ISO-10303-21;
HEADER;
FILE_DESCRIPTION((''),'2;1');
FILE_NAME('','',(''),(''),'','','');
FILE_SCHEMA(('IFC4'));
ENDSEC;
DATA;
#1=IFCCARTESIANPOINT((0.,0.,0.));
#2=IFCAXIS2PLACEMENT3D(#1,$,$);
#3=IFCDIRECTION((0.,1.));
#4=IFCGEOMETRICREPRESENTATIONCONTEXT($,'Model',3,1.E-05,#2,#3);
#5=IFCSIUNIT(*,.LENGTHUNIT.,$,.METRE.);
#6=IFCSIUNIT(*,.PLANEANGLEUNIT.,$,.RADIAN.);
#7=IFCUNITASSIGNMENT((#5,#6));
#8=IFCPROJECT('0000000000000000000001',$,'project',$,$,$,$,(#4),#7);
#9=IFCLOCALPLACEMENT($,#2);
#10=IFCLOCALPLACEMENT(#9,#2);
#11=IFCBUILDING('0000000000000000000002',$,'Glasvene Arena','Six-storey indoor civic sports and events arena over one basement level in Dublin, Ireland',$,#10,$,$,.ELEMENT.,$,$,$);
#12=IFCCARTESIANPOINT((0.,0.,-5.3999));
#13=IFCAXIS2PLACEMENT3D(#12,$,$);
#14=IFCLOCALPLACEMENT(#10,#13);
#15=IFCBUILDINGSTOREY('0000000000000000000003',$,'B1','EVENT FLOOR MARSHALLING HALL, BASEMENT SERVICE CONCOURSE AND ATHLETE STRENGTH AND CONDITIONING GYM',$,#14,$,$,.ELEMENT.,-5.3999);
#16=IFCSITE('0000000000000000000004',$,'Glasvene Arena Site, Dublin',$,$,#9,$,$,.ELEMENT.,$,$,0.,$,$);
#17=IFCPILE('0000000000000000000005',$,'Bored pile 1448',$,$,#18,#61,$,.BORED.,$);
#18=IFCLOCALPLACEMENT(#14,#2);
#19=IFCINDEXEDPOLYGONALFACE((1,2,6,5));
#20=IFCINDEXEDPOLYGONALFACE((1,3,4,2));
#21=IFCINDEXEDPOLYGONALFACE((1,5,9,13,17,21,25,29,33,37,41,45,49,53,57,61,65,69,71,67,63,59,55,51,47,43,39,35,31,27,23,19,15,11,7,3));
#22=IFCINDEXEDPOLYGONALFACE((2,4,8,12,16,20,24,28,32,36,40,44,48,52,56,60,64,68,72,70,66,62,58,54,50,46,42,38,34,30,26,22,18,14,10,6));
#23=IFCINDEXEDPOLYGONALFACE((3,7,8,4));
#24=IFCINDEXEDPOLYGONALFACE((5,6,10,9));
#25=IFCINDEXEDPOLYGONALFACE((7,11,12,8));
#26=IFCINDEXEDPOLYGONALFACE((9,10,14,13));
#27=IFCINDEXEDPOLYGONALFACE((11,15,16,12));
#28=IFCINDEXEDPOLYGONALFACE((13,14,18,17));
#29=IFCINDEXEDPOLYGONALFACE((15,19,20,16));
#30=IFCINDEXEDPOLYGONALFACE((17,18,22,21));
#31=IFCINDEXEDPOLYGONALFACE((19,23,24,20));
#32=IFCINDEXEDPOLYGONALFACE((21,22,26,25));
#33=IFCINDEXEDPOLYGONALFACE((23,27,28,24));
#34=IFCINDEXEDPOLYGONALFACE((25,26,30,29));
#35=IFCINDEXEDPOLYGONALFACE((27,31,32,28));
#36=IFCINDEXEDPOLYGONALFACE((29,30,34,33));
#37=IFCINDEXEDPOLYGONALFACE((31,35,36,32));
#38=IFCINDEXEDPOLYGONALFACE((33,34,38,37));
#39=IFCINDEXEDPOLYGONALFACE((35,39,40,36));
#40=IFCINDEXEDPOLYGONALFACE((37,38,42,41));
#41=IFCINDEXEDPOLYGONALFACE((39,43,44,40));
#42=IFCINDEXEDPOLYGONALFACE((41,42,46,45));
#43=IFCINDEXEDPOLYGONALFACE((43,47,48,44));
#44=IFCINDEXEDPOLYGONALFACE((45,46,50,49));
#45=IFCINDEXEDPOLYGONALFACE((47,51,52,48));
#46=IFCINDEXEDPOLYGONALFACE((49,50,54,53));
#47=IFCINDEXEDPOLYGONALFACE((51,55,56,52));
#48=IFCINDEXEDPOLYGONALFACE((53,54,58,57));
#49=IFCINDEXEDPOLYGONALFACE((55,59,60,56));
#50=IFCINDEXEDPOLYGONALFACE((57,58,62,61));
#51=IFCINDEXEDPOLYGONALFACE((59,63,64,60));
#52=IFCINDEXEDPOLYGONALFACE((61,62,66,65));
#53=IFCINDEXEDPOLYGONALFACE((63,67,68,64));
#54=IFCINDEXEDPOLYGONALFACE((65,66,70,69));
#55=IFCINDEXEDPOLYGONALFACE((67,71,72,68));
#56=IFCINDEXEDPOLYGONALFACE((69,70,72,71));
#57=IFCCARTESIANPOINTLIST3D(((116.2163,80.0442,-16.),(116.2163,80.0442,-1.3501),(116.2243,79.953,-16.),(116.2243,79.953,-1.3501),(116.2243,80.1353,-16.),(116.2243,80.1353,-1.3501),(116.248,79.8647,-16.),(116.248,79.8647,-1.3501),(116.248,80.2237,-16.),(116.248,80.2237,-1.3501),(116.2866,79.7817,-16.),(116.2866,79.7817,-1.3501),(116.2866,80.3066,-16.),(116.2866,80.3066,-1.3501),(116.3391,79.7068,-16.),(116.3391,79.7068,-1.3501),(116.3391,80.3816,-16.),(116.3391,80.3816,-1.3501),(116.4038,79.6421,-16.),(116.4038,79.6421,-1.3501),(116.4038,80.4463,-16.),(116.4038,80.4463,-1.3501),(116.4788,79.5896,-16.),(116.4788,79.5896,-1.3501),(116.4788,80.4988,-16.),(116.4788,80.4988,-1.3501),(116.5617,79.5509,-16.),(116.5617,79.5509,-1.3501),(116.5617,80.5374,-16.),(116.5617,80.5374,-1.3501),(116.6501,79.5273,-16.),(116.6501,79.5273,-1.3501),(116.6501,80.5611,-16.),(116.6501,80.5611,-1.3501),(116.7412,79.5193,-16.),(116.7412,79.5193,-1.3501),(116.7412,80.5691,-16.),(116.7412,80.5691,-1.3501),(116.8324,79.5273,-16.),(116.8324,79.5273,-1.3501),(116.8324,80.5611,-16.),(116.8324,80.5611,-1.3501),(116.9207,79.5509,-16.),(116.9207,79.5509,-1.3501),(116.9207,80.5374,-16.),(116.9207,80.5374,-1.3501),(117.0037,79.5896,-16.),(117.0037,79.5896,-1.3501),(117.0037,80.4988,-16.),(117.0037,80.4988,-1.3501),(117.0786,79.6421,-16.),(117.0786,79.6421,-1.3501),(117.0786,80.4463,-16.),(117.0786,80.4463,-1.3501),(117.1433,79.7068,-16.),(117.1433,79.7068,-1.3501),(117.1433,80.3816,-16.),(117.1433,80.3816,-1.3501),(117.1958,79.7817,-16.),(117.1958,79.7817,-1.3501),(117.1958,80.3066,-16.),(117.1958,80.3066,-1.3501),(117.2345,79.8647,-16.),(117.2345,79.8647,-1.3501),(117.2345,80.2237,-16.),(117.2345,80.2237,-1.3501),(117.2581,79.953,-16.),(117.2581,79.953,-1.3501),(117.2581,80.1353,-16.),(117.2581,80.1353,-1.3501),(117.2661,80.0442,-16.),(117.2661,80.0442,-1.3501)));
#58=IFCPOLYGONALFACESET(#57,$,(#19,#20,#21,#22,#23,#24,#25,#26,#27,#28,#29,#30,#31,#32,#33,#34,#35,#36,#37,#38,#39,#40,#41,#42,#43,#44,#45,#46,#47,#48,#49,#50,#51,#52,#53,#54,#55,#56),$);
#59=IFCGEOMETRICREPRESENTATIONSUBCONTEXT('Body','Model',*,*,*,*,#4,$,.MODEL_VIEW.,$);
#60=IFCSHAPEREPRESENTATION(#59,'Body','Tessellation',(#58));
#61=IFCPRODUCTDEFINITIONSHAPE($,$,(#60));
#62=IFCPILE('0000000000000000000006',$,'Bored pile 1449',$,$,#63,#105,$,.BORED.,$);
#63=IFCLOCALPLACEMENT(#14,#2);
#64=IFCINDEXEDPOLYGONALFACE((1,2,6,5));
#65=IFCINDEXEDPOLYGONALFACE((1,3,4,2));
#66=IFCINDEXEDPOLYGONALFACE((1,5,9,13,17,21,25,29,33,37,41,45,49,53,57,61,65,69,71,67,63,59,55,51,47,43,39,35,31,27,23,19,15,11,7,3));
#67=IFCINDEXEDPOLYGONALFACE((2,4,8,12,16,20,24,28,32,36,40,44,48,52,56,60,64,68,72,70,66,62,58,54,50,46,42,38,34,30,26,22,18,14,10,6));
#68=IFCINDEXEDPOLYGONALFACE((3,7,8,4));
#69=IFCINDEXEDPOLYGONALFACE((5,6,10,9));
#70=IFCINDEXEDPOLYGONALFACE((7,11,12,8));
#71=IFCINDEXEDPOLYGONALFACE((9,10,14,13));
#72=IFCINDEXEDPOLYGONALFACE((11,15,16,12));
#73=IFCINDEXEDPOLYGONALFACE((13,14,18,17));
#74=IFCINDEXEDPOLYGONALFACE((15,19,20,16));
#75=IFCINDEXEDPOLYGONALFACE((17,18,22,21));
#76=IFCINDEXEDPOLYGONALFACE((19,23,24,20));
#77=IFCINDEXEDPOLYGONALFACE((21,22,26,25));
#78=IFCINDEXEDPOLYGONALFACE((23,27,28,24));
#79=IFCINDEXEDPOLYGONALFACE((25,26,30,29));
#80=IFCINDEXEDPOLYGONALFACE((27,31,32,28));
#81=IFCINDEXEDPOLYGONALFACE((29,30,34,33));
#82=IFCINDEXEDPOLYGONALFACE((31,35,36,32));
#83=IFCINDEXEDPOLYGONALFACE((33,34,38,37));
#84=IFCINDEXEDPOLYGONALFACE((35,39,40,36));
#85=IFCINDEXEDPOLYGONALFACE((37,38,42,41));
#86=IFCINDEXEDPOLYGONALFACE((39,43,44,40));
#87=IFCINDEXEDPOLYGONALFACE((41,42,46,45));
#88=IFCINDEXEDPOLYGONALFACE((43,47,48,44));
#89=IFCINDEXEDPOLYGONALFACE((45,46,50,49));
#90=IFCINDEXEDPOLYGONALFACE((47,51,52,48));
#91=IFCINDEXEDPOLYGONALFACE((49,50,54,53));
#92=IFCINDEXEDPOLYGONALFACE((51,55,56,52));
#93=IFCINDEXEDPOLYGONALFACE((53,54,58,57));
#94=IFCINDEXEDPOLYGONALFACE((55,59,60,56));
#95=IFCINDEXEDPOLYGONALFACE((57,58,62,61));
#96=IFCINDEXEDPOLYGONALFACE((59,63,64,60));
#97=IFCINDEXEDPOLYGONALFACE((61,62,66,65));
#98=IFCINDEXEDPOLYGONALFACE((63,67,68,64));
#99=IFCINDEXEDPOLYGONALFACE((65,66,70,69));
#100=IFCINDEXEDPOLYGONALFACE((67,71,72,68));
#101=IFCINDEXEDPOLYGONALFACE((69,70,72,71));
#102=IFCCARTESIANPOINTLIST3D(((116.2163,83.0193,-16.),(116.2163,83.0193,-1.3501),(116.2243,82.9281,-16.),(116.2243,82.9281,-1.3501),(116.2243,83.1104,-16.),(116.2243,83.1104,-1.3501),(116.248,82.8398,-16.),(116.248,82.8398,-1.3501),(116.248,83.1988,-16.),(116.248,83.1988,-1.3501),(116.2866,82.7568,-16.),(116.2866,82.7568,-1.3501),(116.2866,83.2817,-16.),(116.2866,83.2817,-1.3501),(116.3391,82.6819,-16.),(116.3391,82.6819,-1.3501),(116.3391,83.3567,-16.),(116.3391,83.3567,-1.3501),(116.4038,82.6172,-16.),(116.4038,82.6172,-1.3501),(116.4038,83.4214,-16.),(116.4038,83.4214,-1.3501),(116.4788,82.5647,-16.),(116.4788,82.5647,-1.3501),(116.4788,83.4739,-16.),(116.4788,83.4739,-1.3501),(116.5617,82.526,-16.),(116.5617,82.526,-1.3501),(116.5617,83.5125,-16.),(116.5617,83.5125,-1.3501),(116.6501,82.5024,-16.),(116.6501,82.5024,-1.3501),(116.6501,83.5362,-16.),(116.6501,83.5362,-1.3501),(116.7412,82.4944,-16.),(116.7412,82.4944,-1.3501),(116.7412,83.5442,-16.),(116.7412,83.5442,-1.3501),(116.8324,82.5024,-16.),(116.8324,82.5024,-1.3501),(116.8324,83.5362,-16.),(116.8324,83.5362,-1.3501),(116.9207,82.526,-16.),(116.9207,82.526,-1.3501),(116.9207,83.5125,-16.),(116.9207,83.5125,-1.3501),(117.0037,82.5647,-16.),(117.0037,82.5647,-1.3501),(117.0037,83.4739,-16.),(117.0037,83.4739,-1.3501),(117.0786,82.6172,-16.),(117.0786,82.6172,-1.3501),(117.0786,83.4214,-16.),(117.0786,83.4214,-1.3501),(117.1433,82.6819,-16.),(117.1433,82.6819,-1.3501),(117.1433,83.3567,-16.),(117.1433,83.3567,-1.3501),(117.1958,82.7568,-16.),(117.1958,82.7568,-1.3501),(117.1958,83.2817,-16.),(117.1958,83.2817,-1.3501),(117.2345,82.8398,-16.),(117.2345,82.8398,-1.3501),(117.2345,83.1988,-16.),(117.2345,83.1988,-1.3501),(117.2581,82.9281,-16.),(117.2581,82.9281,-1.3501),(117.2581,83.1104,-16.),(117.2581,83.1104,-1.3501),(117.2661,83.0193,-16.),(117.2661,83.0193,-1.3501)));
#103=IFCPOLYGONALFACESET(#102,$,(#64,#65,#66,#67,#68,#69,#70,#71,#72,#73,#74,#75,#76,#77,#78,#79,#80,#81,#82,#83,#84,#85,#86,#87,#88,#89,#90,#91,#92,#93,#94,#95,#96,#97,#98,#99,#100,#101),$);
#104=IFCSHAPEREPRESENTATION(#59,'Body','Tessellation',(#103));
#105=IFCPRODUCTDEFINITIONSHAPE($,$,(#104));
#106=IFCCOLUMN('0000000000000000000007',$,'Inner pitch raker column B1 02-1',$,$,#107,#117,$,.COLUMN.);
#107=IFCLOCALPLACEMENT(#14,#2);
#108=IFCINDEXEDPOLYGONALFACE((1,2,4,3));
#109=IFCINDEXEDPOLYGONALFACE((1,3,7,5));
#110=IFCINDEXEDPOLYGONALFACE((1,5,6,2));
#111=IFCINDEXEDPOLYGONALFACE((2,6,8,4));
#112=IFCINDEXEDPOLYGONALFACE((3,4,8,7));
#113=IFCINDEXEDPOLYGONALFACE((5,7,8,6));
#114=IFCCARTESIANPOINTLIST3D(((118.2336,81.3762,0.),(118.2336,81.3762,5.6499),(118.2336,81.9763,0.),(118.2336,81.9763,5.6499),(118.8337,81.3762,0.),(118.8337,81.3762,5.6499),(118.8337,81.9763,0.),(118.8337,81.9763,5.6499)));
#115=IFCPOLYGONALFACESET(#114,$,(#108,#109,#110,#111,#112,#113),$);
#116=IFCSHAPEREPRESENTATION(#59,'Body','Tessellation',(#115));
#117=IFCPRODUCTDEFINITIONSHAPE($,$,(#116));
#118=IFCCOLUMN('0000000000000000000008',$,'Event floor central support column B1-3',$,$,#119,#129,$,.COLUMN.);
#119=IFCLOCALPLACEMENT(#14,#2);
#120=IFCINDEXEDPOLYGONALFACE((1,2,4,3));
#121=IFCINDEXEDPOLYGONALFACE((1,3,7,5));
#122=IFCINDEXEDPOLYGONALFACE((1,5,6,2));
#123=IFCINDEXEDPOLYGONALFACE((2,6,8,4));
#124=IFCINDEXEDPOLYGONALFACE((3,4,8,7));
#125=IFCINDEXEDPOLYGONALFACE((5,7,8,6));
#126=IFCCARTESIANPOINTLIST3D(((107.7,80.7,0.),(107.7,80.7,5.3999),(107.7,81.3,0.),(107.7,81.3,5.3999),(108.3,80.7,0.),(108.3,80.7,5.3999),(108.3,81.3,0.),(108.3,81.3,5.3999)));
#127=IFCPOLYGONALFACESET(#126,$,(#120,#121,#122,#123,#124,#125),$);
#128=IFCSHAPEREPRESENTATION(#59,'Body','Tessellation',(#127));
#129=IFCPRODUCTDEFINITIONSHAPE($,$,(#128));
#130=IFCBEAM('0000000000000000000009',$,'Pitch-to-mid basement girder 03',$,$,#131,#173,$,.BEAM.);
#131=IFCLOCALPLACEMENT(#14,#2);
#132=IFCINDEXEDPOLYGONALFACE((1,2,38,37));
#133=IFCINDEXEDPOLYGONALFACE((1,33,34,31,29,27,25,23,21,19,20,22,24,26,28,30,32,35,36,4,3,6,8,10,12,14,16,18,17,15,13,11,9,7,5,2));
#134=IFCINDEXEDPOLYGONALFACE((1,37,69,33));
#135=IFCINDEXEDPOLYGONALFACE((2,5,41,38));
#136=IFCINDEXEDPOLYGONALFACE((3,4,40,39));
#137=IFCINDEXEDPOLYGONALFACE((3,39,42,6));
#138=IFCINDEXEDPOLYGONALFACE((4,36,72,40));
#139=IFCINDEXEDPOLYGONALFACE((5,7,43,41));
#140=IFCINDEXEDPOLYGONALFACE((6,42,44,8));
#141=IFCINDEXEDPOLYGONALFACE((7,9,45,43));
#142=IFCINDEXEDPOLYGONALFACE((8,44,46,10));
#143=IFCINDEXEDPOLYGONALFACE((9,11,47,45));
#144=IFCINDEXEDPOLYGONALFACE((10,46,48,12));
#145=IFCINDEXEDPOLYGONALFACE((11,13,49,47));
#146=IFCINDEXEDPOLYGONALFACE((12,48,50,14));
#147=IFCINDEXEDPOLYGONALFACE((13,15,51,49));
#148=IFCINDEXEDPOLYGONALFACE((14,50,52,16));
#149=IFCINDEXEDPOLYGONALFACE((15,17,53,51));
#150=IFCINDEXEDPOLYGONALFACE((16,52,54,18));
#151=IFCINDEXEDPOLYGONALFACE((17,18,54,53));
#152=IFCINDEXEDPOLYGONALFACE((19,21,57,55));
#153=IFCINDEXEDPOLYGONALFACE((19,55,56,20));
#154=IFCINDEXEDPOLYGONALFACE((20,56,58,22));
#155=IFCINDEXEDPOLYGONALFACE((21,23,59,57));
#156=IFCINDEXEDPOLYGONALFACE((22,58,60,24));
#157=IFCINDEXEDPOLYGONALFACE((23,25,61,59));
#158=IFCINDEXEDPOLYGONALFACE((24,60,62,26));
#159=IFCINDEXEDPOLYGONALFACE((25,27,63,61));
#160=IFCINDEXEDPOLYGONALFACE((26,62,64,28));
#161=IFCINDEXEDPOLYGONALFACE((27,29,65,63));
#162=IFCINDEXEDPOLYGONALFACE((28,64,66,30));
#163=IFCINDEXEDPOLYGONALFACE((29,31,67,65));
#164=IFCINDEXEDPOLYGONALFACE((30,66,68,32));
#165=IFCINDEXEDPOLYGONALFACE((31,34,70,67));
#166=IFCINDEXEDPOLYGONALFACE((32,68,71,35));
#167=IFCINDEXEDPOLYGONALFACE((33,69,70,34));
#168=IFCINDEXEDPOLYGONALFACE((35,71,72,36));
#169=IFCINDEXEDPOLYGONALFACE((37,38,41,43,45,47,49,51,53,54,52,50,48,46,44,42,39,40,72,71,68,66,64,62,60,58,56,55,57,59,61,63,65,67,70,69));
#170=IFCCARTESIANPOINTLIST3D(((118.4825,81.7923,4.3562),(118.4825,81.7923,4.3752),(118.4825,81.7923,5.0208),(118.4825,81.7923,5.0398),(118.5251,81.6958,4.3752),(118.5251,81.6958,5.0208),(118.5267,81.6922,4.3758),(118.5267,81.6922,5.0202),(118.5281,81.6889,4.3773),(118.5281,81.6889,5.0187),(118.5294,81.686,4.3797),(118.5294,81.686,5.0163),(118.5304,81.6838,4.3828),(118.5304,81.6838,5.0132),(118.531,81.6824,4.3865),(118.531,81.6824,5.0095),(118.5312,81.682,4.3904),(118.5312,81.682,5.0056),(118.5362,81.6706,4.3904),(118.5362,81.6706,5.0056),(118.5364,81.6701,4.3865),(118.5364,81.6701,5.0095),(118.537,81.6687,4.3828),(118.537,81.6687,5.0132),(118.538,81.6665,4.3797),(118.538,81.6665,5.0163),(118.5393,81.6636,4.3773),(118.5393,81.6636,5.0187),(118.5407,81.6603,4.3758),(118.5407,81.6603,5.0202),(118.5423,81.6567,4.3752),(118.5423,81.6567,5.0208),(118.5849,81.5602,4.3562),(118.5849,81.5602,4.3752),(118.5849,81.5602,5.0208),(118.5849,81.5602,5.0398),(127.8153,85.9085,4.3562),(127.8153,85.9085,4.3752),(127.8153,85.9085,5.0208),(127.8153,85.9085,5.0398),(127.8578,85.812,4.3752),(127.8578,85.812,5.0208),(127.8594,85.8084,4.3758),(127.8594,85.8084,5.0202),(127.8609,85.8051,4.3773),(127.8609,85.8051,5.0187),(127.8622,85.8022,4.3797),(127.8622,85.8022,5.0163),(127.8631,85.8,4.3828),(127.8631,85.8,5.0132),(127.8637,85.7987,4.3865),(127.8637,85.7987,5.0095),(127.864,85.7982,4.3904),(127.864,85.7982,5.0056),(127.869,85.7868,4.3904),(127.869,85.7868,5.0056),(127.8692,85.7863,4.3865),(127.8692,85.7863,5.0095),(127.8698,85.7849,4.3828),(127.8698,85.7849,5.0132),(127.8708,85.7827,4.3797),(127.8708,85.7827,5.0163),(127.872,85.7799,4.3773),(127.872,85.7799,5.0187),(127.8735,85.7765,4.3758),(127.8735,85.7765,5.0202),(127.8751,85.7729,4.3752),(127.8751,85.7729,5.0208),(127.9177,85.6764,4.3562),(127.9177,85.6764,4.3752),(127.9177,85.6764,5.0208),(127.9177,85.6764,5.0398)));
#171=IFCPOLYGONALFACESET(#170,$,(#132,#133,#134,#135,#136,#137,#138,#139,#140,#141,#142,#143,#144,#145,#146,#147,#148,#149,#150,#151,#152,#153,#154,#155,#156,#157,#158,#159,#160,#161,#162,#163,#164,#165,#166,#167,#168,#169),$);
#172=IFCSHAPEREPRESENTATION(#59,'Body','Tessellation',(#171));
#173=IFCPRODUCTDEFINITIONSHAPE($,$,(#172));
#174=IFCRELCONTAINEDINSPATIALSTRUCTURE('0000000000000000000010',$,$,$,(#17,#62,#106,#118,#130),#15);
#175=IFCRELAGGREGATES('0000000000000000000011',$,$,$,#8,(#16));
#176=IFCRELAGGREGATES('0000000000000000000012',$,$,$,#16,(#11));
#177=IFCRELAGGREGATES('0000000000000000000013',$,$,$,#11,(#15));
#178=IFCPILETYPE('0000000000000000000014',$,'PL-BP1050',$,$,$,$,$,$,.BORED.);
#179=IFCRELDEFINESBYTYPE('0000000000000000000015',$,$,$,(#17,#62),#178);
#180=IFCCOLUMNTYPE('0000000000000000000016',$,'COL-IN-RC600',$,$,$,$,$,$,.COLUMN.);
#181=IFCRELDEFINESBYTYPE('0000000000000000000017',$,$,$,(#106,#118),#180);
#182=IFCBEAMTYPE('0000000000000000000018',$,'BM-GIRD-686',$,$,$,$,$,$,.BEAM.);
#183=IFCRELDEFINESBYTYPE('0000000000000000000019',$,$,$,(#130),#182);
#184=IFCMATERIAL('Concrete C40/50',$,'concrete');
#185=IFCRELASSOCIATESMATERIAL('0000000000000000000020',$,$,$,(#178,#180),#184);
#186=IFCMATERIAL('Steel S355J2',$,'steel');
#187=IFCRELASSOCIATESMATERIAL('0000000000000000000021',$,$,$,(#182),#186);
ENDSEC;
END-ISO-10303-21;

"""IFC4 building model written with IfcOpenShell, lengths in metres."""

from ifc_helpers import new_model, si_unit, direction, frame, origin, origin_2d, place, context, subcontext, project, spatial, rectangle, circle, i_section, extrude, material, material_profile, profile_set, type_object, element, save


model = new_model("IFC4")

# Units and contexts
model_context = context("Model", 3, precision=1e-05, world=origin(), true_north=direction((0.0, 1.0)))
body_context = subcontext(model_context, "Body", "Model", "MODEL_VIEW")
ifc_project = project(units=[si_unit("LENGTHUNIT", "METRE"), si_unit("PLANEANGLEUNIT", "RADIAN")], contexts=[model_context])

# Site, building, storey
site_placement = place(None, origin())
site = spatial("IfcSite", under=ifc_project, at=site_placement, Name="Glasvene Arena Site, Dublin", CompositionType="ELEMENT", RefElevation=0.0)
building_placement = place(site_placement, origin())
building = spatial("IfcBuilding", under=site, at=building_placement, Name="Glasvene Arena", Description="Six-storey indoor civic sports and events arena over one basement level in Dublin, Ireland", CompositionType="ELEMENT")
storey_placement = place(building_placement, frame((0.0, 0.0, -5.3999)))
storey = spatial("IfcBuildingStorey", under=building, at=storey_placement, Name="B1", Description="EVENT FLOOR MARSHALLING HALL, BASEMENT SERVICE CONCOURSE AND ATHLETE STRENGTH AND CONDITIONING GYM", CompositionType="ELEMENT", Elevation=-5.3999)

# Piles
ifc_material_1 = material(Name="Concrete C40/50", Category="concrete")
ifc_material_profile_1 = material_profile(ifc_material_1, circle(Radius=0.5249, at=origin_2d()), Name="BORED PILE 1050")
ifc_profile_set_1 = profile_set([ifc_material_profile_1], Name="Concrete C40/50")
pile_type = type_object("IfcPileType", Name="PL-BP1050", PredefinedType="BORED", material=ifc_profile_set_1)
for number, where, z_axis, x_axis, name in (
    (1, (116.7412, 80.0442, -1.3501), (0.0, 0.0, -1.0), (1.0, 0.0, 0.0), "Bored pile 1448"),
    (2, (116.7412, 83.0193, -1.3501), (0.0, 0.0, -1.0), (1.0, 0.0, 0.0), "Bored pile 1449"),
):
    element("IfcPile", number, at=place(storey_placement, frame(where, z_axis=z_axis, x_axis=x_axis)), inside=storey, type_object=pile_type, Name=name, PredefinedType="BORED", context=body_context, shape_type="SweptSolid", body=[
        extrude(circle(Radius=0.5249, at=origin_2d()), origin(), (0.0, 0.0, 1.0), 14.6499),
    ])

# Columns
ifc_material_profile_2 = material_profile(ifc_material_1, rectangle(XDim=0.6001, YDim=0.6001, at=origin_2d()), Name="RC 600x600")
ifc_profile_set_2 = profile_set([ifc_material_profile_2], Name="Concrete C40/50")
column_type = type_object("IfcColumnType", Name="COL-IN-RC600", PredefinedType="COLUMN", material=ifc_profile_set_2)
column_1_placement = place(storey_placement, frame((118.5337, 81.6763, 0.0), z_axis=(0.0, 0.0, 1.0), x_axis=(1.0, 0.0, 0.0)))
element("IfcColumn", 3, at=column_1_placement, inside=storey, type_object=column_type, Name="Inner pitch raker column B1 02-1", PredefinedType="COLUMN", context=body_context, shape_type="SweptSolid", body=[
    extrude(rectangle(XDim=0.6001, YDim=0.6001, at=origin_2d()), origin(), (0.0, 0.0, 1.0), 5.6499),
])
column_2_placement = place(storey_placement, frame((108.0, 81.0, 0.0), z_axis=(0.0, 0.0, 1.0), x_axis=(1.0, 0.0, 0.0)))
element("IfcColumn", 4, at=column_2_placement, inside=storey, type_object=column_type, Name="Event floor central support column B1-3", PredefinedType="COLUMN", context=body_context, shape_type="SweptSolid", body=[
    extrude(rectangle(XDim=0.6001, YDim=0.6001, at=origin_2d()), origin(), (0.0, 0.0, 1.0), 5.3999),
])

# Beam
ifc_material_2 = material(Name="Steel S355J2", Category="steel")
ifc_material_profile_3 = material_profile(ifc_material_2, i_section(OverallWidth=0.2537, OverallDepth=0.6836, WebThickness=0.0125, FlangeThickness=0.019, FilletRadius=0.0151, at=origin_2d()), Name="UKB 686x254x140")
ifc_profile_set_3 = profile_set([ifc_material_profile_3], Name="Steel S355J2")
beam_type = type_object("IfcBeamType", Name="BM-GIRD-686", PredefinedType="BEAM", material=ifc_profile_set_3)
beam_placement = place(storey_placement, frame((118.5337, 81.6763, 4.698), z_axis=(0.914961, 0.403543, 0.0), x_axis=(-0.403543, 0.914961, 0.0)))
element("IfcBeam", 5, at=beam_placement, inside=storey, type_object=beam_type, Name="Pitch-to-mid basement girder 03", PredefinedType="BEAM", context=body_context, shape_type="SweptSolid", body=[
    extrude(i_section(OverallWidth=0.2537, OverallDepth=0.6836, WebThickness=0.0125, FlangeThickness=0.019, FilletRadius=0.0151, at=origin_2d()), origin(), (0.0, 0.0, 1.0), 10.2002),
])

save(model, "model.ifc")
